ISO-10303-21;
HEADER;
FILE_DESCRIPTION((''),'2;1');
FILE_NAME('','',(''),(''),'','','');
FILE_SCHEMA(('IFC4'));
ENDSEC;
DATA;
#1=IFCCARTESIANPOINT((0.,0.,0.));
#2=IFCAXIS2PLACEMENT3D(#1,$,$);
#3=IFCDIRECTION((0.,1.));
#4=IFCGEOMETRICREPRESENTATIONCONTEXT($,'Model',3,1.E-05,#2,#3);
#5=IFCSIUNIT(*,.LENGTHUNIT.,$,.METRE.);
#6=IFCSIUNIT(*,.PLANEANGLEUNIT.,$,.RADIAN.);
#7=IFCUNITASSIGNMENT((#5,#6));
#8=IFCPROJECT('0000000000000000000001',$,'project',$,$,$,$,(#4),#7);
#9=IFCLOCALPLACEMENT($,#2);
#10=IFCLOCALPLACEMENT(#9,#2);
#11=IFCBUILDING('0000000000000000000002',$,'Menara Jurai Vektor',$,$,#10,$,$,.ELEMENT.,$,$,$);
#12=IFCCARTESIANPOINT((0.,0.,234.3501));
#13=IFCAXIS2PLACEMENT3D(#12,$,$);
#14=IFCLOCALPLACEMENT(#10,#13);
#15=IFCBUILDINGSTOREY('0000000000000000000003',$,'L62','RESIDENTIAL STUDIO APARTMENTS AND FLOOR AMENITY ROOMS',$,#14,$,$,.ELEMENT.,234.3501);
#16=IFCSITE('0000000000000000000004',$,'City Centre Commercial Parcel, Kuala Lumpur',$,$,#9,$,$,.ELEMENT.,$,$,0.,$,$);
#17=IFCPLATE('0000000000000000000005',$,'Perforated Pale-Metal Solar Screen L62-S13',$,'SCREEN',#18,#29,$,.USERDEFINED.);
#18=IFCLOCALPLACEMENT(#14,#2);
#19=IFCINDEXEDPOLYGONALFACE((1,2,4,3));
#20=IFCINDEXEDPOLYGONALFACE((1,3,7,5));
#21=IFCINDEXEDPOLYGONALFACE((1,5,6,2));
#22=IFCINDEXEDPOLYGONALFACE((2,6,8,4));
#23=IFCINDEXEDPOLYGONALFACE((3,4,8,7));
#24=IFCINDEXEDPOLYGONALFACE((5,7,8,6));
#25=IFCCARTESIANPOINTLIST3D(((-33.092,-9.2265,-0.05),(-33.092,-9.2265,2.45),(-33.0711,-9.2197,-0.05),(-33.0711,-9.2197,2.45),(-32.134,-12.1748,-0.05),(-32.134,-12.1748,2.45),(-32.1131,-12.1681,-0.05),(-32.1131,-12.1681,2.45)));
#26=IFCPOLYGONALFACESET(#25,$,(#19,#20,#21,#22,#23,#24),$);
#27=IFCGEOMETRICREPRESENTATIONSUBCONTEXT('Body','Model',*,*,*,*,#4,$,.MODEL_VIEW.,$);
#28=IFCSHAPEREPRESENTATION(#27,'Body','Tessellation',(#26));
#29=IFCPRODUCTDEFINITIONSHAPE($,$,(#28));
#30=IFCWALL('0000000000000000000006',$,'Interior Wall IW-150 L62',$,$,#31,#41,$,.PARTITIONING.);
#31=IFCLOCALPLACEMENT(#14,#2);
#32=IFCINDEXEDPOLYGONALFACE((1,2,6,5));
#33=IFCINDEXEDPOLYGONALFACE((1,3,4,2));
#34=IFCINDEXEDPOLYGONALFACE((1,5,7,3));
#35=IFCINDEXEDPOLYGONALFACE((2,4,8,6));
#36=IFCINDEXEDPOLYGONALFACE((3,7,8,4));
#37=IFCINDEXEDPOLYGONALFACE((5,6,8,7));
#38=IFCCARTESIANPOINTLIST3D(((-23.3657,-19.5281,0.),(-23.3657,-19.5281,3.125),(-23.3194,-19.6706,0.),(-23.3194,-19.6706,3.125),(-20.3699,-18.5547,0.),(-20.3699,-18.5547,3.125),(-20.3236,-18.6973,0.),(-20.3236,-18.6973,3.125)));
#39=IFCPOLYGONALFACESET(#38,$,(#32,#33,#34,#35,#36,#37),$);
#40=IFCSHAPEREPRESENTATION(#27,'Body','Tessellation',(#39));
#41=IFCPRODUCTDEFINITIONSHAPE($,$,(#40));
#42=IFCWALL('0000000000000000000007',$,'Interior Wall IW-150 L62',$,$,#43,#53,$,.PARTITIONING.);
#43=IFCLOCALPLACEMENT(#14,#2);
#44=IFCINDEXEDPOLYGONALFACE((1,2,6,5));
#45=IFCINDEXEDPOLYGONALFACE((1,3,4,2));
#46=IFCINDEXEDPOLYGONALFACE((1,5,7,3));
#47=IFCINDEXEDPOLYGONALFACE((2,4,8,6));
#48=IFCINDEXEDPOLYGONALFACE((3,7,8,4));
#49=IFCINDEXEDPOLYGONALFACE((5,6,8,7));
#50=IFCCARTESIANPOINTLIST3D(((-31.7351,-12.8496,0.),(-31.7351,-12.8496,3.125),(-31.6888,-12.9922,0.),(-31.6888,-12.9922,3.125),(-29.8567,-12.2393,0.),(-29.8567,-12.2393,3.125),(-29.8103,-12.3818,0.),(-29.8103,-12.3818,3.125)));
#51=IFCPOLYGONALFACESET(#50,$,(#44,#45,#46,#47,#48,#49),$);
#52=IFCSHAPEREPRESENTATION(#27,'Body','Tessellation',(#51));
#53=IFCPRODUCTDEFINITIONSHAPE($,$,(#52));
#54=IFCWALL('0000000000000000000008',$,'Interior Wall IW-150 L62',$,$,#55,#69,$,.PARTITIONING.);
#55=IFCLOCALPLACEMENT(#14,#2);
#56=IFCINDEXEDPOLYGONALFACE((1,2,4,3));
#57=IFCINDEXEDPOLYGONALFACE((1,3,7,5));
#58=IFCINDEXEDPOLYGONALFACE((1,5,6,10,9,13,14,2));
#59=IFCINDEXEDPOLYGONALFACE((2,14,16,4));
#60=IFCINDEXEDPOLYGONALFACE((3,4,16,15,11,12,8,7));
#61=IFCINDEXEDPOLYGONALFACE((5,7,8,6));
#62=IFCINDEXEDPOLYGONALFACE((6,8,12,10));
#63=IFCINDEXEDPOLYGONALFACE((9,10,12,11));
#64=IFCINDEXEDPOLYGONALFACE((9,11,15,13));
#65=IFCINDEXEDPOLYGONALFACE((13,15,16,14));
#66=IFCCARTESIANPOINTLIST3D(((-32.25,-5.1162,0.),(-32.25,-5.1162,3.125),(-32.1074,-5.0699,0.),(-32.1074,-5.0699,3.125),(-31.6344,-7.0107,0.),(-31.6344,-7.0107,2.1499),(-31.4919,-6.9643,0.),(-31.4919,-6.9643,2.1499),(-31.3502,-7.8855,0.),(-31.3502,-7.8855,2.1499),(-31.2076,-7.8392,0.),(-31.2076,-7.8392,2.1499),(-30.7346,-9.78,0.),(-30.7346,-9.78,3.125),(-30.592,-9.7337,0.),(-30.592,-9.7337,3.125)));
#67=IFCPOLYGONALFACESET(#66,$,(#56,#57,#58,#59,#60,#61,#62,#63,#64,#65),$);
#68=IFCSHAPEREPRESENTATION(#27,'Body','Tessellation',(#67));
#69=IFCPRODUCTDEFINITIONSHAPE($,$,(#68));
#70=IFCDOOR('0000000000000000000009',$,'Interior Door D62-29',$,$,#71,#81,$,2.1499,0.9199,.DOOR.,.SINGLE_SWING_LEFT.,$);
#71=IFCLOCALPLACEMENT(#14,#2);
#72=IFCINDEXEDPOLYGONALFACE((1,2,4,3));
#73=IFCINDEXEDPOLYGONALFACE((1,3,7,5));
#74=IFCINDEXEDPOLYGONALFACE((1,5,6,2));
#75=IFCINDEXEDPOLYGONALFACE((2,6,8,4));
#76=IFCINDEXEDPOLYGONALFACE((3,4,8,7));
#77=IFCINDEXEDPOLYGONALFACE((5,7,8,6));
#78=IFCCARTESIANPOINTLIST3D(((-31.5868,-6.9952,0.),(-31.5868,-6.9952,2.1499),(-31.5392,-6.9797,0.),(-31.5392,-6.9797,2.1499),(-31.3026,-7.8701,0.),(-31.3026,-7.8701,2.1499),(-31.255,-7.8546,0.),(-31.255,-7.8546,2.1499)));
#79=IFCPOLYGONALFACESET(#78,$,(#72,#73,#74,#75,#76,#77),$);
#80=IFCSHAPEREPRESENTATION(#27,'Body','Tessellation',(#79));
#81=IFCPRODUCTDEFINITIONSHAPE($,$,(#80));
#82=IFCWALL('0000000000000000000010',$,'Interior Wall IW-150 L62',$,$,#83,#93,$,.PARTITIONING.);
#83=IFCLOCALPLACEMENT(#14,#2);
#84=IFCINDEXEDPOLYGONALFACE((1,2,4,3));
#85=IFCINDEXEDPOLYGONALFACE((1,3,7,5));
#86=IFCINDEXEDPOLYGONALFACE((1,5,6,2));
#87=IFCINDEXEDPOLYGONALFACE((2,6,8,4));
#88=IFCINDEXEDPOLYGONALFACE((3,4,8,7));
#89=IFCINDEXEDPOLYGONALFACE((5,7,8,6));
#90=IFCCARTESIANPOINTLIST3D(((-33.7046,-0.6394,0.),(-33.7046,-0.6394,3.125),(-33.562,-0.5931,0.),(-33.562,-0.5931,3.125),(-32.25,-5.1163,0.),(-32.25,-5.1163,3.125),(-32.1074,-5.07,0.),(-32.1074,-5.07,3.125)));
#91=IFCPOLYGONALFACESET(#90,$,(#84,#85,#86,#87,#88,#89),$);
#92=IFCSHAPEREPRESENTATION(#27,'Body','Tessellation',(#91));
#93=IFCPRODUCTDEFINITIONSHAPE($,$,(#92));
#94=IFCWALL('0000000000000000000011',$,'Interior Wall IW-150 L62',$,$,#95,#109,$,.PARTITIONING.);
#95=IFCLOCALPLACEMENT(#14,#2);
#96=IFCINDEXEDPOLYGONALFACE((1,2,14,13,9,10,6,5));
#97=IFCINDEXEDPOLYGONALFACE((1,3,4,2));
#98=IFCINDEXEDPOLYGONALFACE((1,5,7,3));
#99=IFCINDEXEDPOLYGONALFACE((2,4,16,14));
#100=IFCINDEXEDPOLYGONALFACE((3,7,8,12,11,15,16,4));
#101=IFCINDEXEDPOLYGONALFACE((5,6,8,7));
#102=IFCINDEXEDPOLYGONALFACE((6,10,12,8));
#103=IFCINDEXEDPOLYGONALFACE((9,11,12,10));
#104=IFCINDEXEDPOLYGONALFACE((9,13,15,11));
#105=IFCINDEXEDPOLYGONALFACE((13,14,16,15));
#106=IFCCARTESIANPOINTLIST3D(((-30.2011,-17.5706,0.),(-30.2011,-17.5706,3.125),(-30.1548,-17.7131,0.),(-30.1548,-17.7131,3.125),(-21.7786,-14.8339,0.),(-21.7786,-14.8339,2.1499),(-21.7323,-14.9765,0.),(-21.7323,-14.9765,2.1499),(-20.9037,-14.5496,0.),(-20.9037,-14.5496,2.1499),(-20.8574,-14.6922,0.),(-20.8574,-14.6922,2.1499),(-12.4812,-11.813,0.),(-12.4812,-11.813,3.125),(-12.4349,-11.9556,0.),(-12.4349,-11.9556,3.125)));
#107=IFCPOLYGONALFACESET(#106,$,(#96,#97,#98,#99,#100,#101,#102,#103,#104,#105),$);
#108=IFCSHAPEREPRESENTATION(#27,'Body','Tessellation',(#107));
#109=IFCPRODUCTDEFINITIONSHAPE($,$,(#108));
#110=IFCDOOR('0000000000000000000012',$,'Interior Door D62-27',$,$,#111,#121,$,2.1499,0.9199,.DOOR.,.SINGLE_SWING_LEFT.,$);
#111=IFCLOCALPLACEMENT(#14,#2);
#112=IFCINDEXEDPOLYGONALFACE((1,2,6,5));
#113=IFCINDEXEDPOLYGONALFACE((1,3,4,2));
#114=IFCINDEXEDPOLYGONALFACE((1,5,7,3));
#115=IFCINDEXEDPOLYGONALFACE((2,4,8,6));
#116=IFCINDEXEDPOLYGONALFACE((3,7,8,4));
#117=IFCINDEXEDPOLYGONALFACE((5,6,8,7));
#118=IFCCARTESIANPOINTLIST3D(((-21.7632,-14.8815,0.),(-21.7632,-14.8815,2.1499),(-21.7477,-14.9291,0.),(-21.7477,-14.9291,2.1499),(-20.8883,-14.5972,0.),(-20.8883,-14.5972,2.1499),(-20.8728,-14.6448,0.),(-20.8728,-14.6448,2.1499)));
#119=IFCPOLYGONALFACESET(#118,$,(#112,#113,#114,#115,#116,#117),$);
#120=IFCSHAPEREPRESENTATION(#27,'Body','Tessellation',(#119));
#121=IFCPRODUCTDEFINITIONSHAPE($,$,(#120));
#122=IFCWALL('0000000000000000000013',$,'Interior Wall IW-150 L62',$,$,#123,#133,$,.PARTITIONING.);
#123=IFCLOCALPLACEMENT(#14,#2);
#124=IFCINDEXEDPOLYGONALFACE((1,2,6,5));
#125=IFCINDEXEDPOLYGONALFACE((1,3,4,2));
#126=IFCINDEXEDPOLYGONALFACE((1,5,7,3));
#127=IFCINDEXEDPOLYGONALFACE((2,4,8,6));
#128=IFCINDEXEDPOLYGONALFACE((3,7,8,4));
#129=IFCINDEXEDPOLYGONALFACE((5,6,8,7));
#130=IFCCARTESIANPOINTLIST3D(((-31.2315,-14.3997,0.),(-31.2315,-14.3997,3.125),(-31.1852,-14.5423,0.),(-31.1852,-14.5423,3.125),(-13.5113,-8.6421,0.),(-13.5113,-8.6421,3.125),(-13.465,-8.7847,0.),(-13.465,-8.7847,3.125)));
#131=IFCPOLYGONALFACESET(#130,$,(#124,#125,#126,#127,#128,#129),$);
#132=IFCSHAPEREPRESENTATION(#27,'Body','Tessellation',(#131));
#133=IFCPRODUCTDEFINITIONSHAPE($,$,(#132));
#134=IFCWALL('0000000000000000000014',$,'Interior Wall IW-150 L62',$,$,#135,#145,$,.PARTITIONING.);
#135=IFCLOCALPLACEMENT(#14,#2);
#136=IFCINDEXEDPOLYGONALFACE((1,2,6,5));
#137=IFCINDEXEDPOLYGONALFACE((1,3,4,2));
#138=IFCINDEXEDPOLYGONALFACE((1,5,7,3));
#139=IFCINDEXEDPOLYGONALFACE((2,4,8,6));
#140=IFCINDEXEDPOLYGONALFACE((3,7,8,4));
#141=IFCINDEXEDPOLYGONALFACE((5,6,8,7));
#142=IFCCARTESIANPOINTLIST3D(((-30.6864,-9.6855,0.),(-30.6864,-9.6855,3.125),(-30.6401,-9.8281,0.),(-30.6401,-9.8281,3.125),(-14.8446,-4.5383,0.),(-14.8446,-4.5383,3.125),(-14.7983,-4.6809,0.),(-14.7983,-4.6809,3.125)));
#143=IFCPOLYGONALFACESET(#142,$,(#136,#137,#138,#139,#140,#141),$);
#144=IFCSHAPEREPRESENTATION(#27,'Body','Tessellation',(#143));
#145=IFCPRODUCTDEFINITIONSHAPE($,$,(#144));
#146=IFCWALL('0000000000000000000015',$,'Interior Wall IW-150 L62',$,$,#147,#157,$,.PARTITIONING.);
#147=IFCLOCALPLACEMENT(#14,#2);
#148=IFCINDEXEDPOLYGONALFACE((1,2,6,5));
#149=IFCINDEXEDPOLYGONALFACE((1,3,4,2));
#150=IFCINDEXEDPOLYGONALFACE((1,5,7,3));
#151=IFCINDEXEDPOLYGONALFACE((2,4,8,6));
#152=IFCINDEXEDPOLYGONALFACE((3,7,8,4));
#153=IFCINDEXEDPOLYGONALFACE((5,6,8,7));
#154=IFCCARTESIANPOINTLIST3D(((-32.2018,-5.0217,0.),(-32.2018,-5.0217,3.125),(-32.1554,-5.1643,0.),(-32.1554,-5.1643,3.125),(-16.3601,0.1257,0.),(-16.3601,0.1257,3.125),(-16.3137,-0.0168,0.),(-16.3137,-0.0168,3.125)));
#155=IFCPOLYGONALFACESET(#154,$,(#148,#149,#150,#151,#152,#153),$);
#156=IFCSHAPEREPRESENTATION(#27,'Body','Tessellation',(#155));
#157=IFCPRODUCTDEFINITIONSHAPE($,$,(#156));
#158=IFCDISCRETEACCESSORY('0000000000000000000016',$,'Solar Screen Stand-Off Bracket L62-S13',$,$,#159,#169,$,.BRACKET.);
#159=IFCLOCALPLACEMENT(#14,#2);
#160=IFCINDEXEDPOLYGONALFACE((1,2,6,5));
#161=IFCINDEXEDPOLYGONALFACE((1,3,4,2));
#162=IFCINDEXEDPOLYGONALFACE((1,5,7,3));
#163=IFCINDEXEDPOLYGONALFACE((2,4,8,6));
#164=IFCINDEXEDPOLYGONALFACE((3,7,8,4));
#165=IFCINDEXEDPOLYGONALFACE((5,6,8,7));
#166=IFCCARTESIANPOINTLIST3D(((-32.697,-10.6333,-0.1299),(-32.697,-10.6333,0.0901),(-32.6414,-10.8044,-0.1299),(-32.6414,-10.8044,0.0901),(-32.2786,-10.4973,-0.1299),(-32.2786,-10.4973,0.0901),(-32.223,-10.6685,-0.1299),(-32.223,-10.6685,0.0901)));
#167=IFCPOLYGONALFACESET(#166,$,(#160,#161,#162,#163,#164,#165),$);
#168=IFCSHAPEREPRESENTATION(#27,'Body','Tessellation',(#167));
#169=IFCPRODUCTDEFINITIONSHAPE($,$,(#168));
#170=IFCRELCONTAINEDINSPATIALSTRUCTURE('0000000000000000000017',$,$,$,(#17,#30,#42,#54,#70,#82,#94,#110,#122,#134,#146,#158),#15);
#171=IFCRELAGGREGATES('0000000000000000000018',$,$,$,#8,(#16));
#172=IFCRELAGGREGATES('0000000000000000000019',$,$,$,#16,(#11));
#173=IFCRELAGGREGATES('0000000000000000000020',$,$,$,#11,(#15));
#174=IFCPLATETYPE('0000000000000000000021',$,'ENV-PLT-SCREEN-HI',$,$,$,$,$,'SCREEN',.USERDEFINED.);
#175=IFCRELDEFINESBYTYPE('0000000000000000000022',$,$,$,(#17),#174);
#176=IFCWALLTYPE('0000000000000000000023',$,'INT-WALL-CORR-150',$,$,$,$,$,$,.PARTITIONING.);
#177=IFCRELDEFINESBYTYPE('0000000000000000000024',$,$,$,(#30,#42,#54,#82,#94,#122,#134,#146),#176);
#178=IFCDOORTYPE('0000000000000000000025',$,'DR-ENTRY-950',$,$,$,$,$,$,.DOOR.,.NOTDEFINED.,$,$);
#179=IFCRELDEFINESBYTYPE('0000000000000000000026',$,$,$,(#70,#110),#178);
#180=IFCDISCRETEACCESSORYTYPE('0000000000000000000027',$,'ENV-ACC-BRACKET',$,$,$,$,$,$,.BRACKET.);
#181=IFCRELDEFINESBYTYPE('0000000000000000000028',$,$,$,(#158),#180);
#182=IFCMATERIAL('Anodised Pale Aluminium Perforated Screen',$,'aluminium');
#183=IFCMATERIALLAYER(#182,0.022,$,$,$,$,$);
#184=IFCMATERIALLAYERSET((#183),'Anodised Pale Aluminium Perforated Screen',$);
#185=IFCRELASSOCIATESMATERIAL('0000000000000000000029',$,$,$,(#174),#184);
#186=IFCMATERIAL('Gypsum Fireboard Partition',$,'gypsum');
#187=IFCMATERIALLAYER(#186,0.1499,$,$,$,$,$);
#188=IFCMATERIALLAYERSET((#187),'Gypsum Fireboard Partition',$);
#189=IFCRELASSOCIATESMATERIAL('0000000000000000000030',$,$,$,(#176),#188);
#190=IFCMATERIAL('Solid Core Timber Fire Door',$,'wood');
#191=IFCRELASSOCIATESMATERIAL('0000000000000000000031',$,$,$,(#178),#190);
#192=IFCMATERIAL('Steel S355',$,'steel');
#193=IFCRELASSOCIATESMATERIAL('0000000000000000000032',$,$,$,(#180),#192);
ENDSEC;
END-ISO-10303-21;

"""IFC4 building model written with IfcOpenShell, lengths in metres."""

from ifc_helpers import new_model, si_unit, direction, frame, frame_2d, origin, origin_2d, place, context, subcontext, project, spatial, rectangle, extrude, material, layer, layer_set, type_object, element, fill, save


model = new_model("IFC4")

# Units and contexts
model_context = context("Model", 3, precision=1e-05, world=origin(), true_north=direction((0.0, 1.0)))
body_context = subcontext(model_context, "Body", "Model", "MODEL_VIEW")
ifc_project = project(units=[si_unit("LENGTHUNIT", "METRE"), si_unit("PLANEANGLEUNIT", "RADIAN")], contexts=[model_context])

# Site, building, storey
site_placement = place(None, origin())
site = spatial("IfcSite", under=ifc_project, at=site_placement, Name="City Centre Commercial Parcel, Kuala Lumpur", CompositionType="ELEMENT", RefElevation=0.0)
building_placement = place(site_placement, origin())
building = spatial("IfcBuilding", under=site, at=building_placement, Name="Menara Jurai Vektor", CompositionType="ELEMENT")
storey_placement = place(building_placement, frame((0.0, 0.0, 234.3501)))
storey = spatial("IfcBuildingStorey", under=building, at=storey_placement, Name="L62", Description="RESIDENTIAL STUDIO APARTMENTS AND FLOOR AMENITY ROOMS", CompositionType="ELEMENT", Elevation=234.3501)

# Shared definitions
ifc_material_1 = material(Name="Steel S355", Category="steel")

# Plate
ifc_material_2 = material(Name="Anodised Pale Aluminium Perforated Screen", Category="aluminium")
ifc_layer_1 = layer(ifc_material_2, 0.022)
ifc_layer_set_1 = layer_set([ifc_layer_1], Name="Anodised Pale Aluminium Perforated Screen")
plate_type_1 = type_object("IfcPlateType", Name="ENV-PLT-SCREEN-HI", ElementType="SCREEN", PredefinedType="USERDEFINED", material=ifc_layer_set_1)
plate_1_placement = place(storey_placement, frame((-32.6025, -10.6973, -0.05), z_axis=(0.0, 0.0, 1.0), x_axis=(0.309017, -0.951057, 0.0)))
element("IfcPlate", 1, at=plate_1_placement, inside=storey, type_object=plate_type_1, Name="Perforated Pale-Metal Solar Screen L62-S13", ObjectType="SCREEN", PredefinedType="USERDEFINED", context=body_context, shape_type="SweptSolid", body=[
    extrude(rectangle(XDim=3.1001, YDim=0.022, at=origin_2d()), origin(), (0.0, 0.0, 1.0), 2.5),
])

# Walls
ifc_material_3 = material(Name="Gypsum Fireboard Partition", Category="gypsum")
ifc_layer_2 = layer(ifc_material_3, 0.1499)
ifc_layer_set_2 = layer_set([ifc_layer_2], Name="Gypsum Fireboard Partition")
wall_type = type_object("IfcWallType", Name="INT-WALL-CORR-150", PredefinedType="PARTITIONING", material=ifc_layer_set_2)
wall_1_placement = place(storey_placement, frame((-23.3425, -19.5994, 0.0), z_axis=(0.0, 0.0, 1.0), x_axis=(0.951059, 0.309011, 0.0)))
element("IfcWall", 2, at=wall_1_placement, inside=storey, type_object=wall_type, Name="Interior Wall IW-150 L62", PredefinedType="PARTITIONING", context=body_context, shape_type="SweptSolid", body=[
    extrude(rectangle(XDim=3.1499, YDim=0.1499, at=frame_2d((1.575, 0.0))), origin(), (0.0, 0.0, 1.0), 3.125),
])
wall_2_placement = place(storey_placement, frame((-31.7119, -12.9209, 0.0), z_axis=(0.0, 0.0, 1.0), x_axis=(0.951054, 0.309025, 0.0)))
element("IfcWall", 3, at=wall_2_placement, inside=storey, type_object=wall_type, Name="Interior Wall IW-150 L62", PredefinedType="PARTITIONING", context=body_context, shape_type="SweptSolid", body=[
    extrude(rectangle(XDim=1.9751, YDim=0.1499, at=frame_2d((0.9875, 0.0))), origin(), (0.0, 0.0, 1.0), 3.125),
])

# Wall, opening, door
ifc_material_4 = material(Name="Solid Core Timber Fire Door", Category="wood")
door_type = type_object("IfcDoorType", Name="DR-ENTRY-950", OperationType="NOTDEFINED", PredefinedType="DOOR", material=ifc_material_4)
wall_3_placement = place(storey_placement, frame((-30.6633, -9.7568, 0.0), z_axis=(0.0, 0.0, 1.0), x_axis=(-0.30902, 0.951056, 0.0)))
wall_3 = element("IfcWall", 4, at=wall_3_placement, inside=storey, type_object=wall_type, Name="Interior Wall IW-150 L62", PredefinedType="PARTITIONING", context=body_context, shape_type="SweptSolid", body=[
    extrude(rectangle(XDim=4.9038, YDim=0.1499, at=frame_2d((2.4519, 0.0))), origin(), (0.0, 0.0, 1.0), 3.125),
])
opening_1_placement = place(wall_3_placement, frame((1.9919, 0.0, 0.0)))
opening_1 = element("IfcOpeningElement", 5, at=opening_1_placement, cuts=wall_3, PredefinedType="OPENING", context=body_context, shape_type="SweptSolid", body=[
    extrude(rectangle(XDim=0.9199, YDim=2.1499, at=frame_2d((0.46, 1.075))), frame((0.0, 0.085, 0.0), z_axis=(0.0, -1.0, 0.0), x_axis=(1.0, 0.0, 0.0)), (0.0, 0.0, 1.0), 0.1699),
])
door_1_placement = place(opening_1_placement, origin())
door_1 = element("IfcDoor", 6, at=door_1_placement, inside=storey, type_object=door_type, Name="Interior Door D62-29", OperationType="SINGLE_SWING_LEFT", OverallHeight=2.1499, OverallWidth=0.9199, PredefinedType="DOOR", context=body_context, shape_type="SweptSolid", body=[
    extrude(rectangle(XDim=0.9199, YDim=2.1499, at=frame_2d((0.46, 1.075))), frame((0.0, 0.0249, 0.0), z_axis=(0.0, -1.0, 0.0), x_axis=(1.0, 0.0, 0.0)), (0.0, 0.0, 1.0), 0.05),
])
fill(opening_1, door_1)

# Wall
wall_4_placement = place(storey_placement, frame((-32.1787, -5.093, 0.0), z_axis=(0.0, 0.0, 1.0), x_axis=(-0.309015, 0.951057, 0.0)))
element("IfcWall", 7, at=wall_4_placement, inside=storey, type_object=wall_type, Name="Interior Wall IW-150 L62", PredefinedType="PARTITIONING", context=body_context, shape_type="SweptSolid", body=[
    extrude(rectangle(XDim=4.7073, YDim=0.1499, at=frame_2d((2.3535, 0.0))), origin(), (0.0, 0.0, 1.0), 3.125),
])

# Wall, opening, door
wall_5_placement = place(storey_placement, frame((-30.178, -17.6418, 0.0), z_axis=(0.0, 0.0, 1.0), x_axis=(0.951057, 0.309017, 0.0)))
wall_5 = element("IfcWall", 8, at=wall_5_placement, inside=storey, type_object=wall_type, Name="Interior Wall IW-150 L62", PredefinedType="PARTITIONING", context=body_context, shape_type="SweptSolid", body=[
    extrude(rectangle(XDim=18.6318, YDim=0.1499, at=frame_2d((9.3159, 0.0))), origin(), (0.0, 0.0, 1.0), 3.125),
])
opening_2_placement = place(wall_5_placement, frame((8.856, 0.0, 0.0)))
opening_2 = element("IfcOpeningElement", 9, at=opening_2_placement, cuts=wall_5, PredefinedType="OPENING", context=body_context, shape_type="SweptSolid", body=[
    extrude(rectangle(XDim=0.9199, YDim=2.1499, at=frame_2d((0.46, 1.075))), frame((0.0, 0.085, 0.0), z_axis=(0.0, -1.0, 0.0), x_axis=(1.0, 0.0, 0.0)), (0.0, 0.0, 1.0), 0.1699),
])
door_2_placement = place(opening_2_placement, origin())
door_2 = element("IfcDoor", 10, at=door_2_placement, inside=storey, type_object=door_type, Name="Interior Door D62-27", OperationType="SINGLE_SWING_LEFT", OverallHeight=2.1499, OverallWidth=0.9199, PredefinedType="DOOR", context=body_context, shape_type="SweptSolid", body=[
    extrude(rectangle(XDim=0.9199, YDim=2.1499, at=frame_2d((0.46, 1.075))), frame((0.0, 0.0249, 0.0), z_axis=(0.0, -1.0, 0.0), x_axis=(1.0, 0.0, 0.0)), (0.0, 0.0, 1.0), 0.05),
])
fill(opening_2, door_2)

# Walls
wall_6_placement = place(storey_placement, frame((-31.2083, -14.4709, 0.0), z_axis=(0.0, 0.0, 1.0), x_axis=(0.951058, 0.309013, 0.0)))
element("IfcWall", 11, at=wall_6_placement, inside=storey, type_object=wall_type, Name="Interior Wall IW-150 L62", PredefinedType="PARTITIONING", context=body_context, shape_type="SweptSolid", body=[
    extrude(rectangle(XDim=18.6321, YDim=0.1499, at=frame_2d((9.3159, 0.0))), origin(), (0.0, 0.0, 1.0), 3.125),
])
for number, where, z_axis, x_axis, name in (
    (12, (-30.6633, -9.7568, 0.0), (0.0, 0.0, 1.0), (0.951058, 0.309012, 0.0), "Interior Wall IW-150 L62"),
    (13, (-32.1787, -5.093, 0.0), (0.0, 0.0, 1.0), (0.951054, 0.309025, 0.0), "Interior Wall IW-150 L62"),
):
    element("IfcWall", number, at=place(storey_placement, frame(where, z_axis=z_axis, x_axis=x_axis)), inside=storey, type_object=wall_type, Name=name, PredefinedType="PARTITIONING", context=body_context, shape_type="SweptSolid", body=[
        extrude(rectangle(XDim=16.657, YDim=0.1499, at=frame_2d((8.3286, 0.0))), origin(), (0.0, 0.0, 1.0), 3.125),
    ])

# Discrete accessory
discrete_accessory_type = type_object("IfcDiscreteAccessoryType", Name="ENV-ACC-BRACKET", PredefinedType="BRACKET", material=ifc_material_1)
discrete_accessory_placement = place(storey_placement, frame((-32.46, -10.6509, -0.1299), z_axis=(0.0, 0.0, 1.0), x_axis=(0.309017, -0.951057, 0.0)))
element("IfcDiscreteAccessory", 14, at=discrete_accessory_placement, inside=storey, type_object=discrete_accessory_type, Name="Solar Screen Stand-Off Bracket L62-S13", PredefinedType="BRACKET", context=body_context, shape_type="SweptSolid", body=[
    extrude(rectangle(XDim=0.1799, YDim=0.4399, at=origin_2d()), origin(), (0.0, 0.0, 1.0), 0.22),
])

save(model, "model.ifc")
